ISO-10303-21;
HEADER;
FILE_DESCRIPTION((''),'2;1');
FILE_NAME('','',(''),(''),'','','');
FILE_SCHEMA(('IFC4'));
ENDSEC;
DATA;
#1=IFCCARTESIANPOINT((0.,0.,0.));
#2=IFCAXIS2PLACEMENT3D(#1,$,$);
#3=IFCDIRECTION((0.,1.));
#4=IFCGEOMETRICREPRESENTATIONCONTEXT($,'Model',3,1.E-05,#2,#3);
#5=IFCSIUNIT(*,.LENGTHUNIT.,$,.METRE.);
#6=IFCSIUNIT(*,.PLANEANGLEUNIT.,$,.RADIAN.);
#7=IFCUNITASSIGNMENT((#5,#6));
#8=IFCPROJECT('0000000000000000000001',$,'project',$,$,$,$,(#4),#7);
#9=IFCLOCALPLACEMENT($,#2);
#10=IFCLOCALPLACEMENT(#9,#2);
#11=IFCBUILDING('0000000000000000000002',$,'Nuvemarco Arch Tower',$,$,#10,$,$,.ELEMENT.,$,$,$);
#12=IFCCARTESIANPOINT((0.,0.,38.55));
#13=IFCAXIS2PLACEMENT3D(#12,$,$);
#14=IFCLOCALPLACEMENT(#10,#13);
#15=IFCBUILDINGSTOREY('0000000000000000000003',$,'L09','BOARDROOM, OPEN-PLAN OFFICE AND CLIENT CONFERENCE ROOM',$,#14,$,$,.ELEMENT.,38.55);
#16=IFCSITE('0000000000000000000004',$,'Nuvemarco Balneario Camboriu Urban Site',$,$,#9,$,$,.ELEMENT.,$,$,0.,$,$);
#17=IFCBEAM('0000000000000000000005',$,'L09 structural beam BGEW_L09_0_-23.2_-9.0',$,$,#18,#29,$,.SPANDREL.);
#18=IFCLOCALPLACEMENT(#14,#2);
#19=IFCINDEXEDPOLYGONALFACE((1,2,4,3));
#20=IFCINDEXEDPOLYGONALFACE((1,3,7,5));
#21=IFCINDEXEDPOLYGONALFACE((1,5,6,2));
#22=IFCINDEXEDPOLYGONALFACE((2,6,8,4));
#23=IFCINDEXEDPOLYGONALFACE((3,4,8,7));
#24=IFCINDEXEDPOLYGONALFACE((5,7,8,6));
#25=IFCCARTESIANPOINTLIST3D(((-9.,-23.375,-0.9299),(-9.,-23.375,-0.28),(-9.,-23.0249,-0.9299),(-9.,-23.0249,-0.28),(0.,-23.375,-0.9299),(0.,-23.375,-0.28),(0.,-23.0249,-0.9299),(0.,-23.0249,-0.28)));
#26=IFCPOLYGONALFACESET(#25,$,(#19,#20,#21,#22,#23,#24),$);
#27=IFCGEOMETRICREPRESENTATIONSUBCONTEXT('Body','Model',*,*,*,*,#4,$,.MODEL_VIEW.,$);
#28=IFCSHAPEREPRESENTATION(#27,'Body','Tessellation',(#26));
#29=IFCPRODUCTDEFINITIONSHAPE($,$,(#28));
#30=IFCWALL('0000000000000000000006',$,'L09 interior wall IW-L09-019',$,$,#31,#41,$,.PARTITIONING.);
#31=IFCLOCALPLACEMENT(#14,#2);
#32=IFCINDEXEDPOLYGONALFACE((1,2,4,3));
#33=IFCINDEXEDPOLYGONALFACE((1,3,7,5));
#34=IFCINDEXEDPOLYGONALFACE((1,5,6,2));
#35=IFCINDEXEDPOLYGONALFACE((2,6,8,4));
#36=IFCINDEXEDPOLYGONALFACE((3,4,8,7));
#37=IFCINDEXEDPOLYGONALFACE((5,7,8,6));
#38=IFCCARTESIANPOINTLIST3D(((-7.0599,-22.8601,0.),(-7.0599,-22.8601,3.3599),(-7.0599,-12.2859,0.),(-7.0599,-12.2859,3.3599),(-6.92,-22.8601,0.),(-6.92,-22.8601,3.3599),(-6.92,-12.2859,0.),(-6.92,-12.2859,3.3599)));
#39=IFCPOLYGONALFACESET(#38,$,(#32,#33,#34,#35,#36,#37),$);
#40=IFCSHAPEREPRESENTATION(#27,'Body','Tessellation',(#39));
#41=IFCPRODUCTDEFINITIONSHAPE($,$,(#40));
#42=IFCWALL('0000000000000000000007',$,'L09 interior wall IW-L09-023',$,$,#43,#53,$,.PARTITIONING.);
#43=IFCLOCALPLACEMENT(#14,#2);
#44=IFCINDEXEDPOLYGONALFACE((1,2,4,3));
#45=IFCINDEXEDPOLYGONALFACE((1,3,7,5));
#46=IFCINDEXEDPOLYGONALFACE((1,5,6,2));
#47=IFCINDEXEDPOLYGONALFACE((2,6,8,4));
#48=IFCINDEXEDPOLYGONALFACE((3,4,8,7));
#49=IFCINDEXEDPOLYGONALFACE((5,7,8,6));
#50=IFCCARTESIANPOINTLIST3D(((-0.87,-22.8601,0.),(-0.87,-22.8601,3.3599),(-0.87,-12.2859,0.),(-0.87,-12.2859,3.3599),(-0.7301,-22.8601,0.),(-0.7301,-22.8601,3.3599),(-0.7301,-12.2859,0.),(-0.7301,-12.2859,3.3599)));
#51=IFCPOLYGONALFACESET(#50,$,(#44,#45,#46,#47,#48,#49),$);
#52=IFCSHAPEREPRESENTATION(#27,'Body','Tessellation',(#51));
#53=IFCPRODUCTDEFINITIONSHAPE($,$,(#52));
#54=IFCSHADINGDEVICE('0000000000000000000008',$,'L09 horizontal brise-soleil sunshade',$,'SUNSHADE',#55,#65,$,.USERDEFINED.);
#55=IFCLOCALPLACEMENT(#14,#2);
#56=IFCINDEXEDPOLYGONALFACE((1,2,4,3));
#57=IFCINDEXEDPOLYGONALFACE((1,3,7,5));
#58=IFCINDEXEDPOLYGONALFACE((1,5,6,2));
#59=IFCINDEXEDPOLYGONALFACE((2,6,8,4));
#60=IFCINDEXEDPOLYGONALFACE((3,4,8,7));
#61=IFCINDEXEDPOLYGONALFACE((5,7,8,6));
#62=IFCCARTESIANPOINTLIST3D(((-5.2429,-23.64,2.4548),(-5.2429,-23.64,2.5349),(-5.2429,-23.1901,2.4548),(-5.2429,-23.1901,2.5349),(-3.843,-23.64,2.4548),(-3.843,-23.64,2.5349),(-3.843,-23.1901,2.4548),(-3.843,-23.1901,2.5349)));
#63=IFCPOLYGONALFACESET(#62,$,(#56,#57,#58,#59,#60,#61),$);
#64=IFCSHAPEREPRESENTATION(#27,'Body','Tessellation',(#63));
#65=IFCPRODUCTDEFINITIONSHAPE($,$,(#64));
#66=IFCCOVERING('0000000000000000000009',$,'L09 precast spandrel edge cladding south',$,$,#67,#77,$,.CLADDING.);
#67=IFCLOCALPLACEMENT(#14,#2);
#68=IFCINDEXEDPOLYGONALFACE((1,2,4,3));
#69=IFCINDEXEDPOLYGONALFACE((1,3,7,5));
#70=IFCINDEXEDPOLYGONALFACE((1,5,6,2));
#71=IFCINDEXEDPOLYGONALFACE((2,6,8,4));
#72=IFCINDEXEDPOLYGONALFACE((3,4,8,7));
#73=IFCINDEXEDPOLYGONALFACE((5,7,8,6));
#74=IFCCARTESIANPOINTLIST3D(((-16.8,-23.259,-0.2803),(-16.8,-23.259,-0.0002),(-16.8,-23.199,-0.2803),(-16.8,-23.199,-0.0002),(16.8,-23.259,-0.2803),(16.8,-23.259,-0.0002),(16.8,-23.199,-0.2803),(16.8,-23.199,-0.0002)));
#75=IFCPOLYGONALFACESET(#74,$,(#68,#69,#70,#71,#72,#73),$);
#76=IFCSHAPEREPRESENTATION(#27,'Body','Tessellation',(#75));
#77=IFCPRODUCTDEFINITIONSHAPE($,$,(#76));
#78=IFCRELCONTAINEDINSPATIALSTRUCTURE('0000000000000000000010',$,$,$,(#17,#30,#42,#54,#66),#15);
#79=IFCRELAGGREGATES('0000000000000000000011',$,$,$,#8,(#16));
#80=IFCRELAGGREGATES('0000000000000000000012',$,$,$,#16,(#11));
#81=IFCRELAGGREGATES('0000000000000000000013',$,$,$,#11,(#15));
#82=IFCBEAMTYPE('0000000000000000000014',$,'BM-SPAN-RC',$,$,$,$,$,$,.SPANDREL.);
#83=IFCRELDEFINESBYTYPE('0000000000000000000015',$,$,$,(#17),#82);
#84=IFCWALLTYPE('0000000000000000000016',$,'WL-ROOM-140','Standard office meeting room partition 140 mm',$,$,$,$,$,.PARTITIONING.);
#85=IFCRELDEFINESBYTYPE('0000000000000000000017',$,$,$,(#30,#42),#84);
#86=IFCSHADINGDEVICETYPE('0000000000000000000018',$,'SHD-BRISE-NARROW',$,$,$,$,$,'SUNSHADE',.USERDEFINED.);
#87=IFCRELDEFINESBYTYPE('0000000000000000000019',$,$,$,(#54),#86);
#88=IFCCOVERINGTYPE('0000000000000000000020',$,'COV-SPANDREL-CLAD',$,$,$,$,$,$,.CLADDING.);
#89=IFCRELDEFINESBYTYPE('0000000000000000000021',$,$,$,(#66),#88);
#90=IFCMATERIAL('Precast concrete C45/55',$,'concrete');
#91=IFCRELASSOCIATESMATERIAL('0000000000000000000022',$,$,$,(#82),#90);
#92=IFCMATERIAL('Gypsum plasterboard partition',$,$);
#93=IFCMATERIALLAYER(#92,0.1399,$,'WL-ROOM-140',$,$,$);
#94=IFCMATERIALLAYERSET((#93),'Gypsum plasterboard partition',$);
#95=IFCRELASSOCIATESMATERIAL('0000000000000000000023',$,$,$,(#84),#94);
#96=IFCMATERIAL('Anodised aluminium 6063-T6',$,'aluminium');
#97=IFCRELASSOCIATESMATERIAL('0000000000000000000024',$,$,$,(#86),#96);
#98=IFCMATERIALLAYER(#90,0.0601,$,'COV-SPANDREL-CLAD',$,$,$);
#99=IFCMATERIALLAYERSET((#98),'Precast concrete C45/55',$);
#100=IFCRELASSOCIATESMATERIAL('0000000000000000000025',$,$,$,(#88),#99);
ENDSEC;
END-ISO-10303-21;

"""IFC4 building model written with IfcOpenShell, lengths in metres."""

from ifc_helpers import new_model, si_unit, direction, frame, frame_2d, origin, origin_2d, place, context, subcontext, project, spatial, rectangle, extrude, source, transform, mapped, material, layer, layer_set, material_profile, profile_set, type_object, type_shapes, element, save


model = new_model("IFC4")

# Units and contexts
model_context = context("Model", 3, precision=1e-05, world=origin(), true_north=direction((0.0, 1.0)))
body_context = subcontext(model_context, "Body", "Model", "MODEL_VIEW")
ifc_project = project(units=[si_unit("LENGTHUNIT", "METRE"), si_unit("PLANEANGLEUNIT", "RADIAN")], contexts=[model_context])

# Site, building, storey
site_placement = place(None, origin())
site = spatial("IfcSite", under=ifc_project, at=site_placement, Name="Nuvemarco Balneario Camboriu Urban Site", CompositionType="ELEMENT", RefElevation=0.0)
building_placement = place(site_placement, origin())
building = spatial("IfcBuilding", under=site, at=building_placement, Name="Nuvemarco Arch Tower", CompositionType="ELEMENT")
storey_placement = place(building_placement, frame((0.0, 0.0, 38.55)))
storey = spatial("IfcBuildingStorey", under=building, at=storey_placement, Name="L09", Description="BOARDROOM, OPEN-PLAN OFFICE AND CLIENT CONFERENCE ROOM", CompositionType="ELEMENT", Elevation=38.55)

# Beam
ifc_material_1 = material(Name="Precast concrete C45/55", Category="concrete")
ifc_material_profile_1 = material_profile(ifc_material_1, rectangle(XDim=0.3501, YDim=0.6499, at=origin_2d()), Name="PC-SP-350x650")
ifc_profile_set_1 = profile_set([ifc_material_profile_1], Name="Precast concrete C45/55")
beam_type_1 = type_object("IfcBeamType", Name="BM-SPAN-RC", PredefinedType="SPANDREL", material=ifc_profile_set_1)
beam_1_placement = place(storey_placement, frame((-9.0, -23.2, -0.605), z_axis=(1.0, 0.0, 0.0), x_axis=(0.0, 1.0, 0.0)))
element("IfcBeam", 1, at=beam_1_placement, inside=storey, type_object=beam_type_1, Name="L09 structural beam BGEW_L09_0_-23.2_-9.0", PredefinedType="SPANDREL", context=body_context, shape_type="SweptSolid", body=[
    extrude(rectangle(XDim=0.3501, YDim=0.6499, at=origin_2d()), origin(), (0.0, 0.0, 1.0), 9.0),
])

# Walls
ifc_material_2 = material(Name="Gypsum plasterboard partition")
ifc_layer_1 = layer(ifc_material_2, 0.1399, Name="WL-ROOM-140")
ifc_layer_set_1 = layer_set([ifc_layer_1], Name="Gypsum plasterboard partition")
wall_type = type_object("IfcWallType", Name="WL-ROOM-140", Description="Standard office meeting room partition 140 mm", PredefinedType="PARTITIONING", material=ifc_layer_set_1)
for number, where, z_axis, x_axis, name in (
    (2, (-6.99, -22.8601, 0.0), (0.0, 0.0, 1.0), (0.0, 1.0, 0.0), "L09 interior wall IW-L09-019"),
    (3, (-0.8, -22.8601, 0.0), (0.0, 0.0, 1.0), (0.0, 1.0, 0.0), "L09 interior wall IW-L09-023"),
):
    element("IfcWall", number, at=place(storey_placement, frame(where, z_axis=z_axis, x_axis=x_axis)), inside=storey, type_object=wall_type, Name=name, PredefinedType="PARTITIONING", context=body_context, shape_type="SweptSolid", body=[
        extrude(rectangle(XDim=10.5742, YDim=0.1399, at=frame_2d((5.2871, 0.0))), origin(), (0.0, 0.0, 1.0), 3.3599),
    ])

# Shading device
ifc_material_3 = material(Name="Anodised aluminium 6063-T6", Category="aluminium")
shading_device_type = type_object("IfcShadingDeviceType", Name="SHD-BRISE-NARROW", ElementType="SUNSHADE", PredefinedType="USERDEFINED", material=ifc_material_3)
shared_shape_1 = source(origin(), body_context, "Body", "SweptSolid", [
    extrude(rectangle(XDim=1.3999, YDim=0.45, at=origin_2d()), origin(), (0.0, 0.0, 1.0), 0.0801),
])
type_shapes(shading_device_type, [shared_shape_1])
shading_device_placement = place(storey_placement, frame((-4.543, -23.415, 2.4548), z_axis=(0.0, 0.0, 1.0), x_axis=(1.0, 0.0, 0.0)))
element("IfcShadingDevice", 4, at=shading_device_placement, inside=storey, type_object=shading_device_type, Name="L09 horizontal brise-soleil sunshade", ObjectType="SUNSHADE", PredefinedType="USERDEFINED", context=body_context, shape_type="MappedRepresentation", body=[
    mapped(shared_shape_1, transform((0.0, 0.0, 0.0), scale=1.0)),
])

# Covering
ifc_layer_2 = layer(ifc_material_1, 0.0601, Name="COV-SPANDREL-CLAD")
ifc_layer_set_2 = layer_set([ifc_layer_2], Name="Precast concrete C45/55")
covering_type = type_object("IfcCoveringType", Name="COV-SPANDREL-CLAD", PredefinedType="CLADDING", material=ifc_layer_set_2)
shared_shape_2 = source(origin(), body_context, "Body", "SweptSolid", [
    extrude(rectangle(XDim=33.6001, YDim=0.0601, at=origin_2d()), origin(), (0.0, 0.0, 1.0), 0.28),
])
type_shapes(covering_type, [shared_shape_2])
covering_placement = place(storey_placement, frame((0.0, -23.229, -0.2803), z_axis=(0.0, 0.0, 1.0), x_axis=(1.0, 0.0, 0.0)))
element("IfcCovering", 5, at=covering_placement, inside=storey, type_object=covering_type, Name="L09 precast spandrel edge cladding south", PredefinedType="CLADDING", context=body_context, shape_type="MappedRepresentation", body=[
    mapped(shared_shape_2, transform((0.0, 0.0, 0.0), scale=1.0)),
])

save(model, "model.ifc")
